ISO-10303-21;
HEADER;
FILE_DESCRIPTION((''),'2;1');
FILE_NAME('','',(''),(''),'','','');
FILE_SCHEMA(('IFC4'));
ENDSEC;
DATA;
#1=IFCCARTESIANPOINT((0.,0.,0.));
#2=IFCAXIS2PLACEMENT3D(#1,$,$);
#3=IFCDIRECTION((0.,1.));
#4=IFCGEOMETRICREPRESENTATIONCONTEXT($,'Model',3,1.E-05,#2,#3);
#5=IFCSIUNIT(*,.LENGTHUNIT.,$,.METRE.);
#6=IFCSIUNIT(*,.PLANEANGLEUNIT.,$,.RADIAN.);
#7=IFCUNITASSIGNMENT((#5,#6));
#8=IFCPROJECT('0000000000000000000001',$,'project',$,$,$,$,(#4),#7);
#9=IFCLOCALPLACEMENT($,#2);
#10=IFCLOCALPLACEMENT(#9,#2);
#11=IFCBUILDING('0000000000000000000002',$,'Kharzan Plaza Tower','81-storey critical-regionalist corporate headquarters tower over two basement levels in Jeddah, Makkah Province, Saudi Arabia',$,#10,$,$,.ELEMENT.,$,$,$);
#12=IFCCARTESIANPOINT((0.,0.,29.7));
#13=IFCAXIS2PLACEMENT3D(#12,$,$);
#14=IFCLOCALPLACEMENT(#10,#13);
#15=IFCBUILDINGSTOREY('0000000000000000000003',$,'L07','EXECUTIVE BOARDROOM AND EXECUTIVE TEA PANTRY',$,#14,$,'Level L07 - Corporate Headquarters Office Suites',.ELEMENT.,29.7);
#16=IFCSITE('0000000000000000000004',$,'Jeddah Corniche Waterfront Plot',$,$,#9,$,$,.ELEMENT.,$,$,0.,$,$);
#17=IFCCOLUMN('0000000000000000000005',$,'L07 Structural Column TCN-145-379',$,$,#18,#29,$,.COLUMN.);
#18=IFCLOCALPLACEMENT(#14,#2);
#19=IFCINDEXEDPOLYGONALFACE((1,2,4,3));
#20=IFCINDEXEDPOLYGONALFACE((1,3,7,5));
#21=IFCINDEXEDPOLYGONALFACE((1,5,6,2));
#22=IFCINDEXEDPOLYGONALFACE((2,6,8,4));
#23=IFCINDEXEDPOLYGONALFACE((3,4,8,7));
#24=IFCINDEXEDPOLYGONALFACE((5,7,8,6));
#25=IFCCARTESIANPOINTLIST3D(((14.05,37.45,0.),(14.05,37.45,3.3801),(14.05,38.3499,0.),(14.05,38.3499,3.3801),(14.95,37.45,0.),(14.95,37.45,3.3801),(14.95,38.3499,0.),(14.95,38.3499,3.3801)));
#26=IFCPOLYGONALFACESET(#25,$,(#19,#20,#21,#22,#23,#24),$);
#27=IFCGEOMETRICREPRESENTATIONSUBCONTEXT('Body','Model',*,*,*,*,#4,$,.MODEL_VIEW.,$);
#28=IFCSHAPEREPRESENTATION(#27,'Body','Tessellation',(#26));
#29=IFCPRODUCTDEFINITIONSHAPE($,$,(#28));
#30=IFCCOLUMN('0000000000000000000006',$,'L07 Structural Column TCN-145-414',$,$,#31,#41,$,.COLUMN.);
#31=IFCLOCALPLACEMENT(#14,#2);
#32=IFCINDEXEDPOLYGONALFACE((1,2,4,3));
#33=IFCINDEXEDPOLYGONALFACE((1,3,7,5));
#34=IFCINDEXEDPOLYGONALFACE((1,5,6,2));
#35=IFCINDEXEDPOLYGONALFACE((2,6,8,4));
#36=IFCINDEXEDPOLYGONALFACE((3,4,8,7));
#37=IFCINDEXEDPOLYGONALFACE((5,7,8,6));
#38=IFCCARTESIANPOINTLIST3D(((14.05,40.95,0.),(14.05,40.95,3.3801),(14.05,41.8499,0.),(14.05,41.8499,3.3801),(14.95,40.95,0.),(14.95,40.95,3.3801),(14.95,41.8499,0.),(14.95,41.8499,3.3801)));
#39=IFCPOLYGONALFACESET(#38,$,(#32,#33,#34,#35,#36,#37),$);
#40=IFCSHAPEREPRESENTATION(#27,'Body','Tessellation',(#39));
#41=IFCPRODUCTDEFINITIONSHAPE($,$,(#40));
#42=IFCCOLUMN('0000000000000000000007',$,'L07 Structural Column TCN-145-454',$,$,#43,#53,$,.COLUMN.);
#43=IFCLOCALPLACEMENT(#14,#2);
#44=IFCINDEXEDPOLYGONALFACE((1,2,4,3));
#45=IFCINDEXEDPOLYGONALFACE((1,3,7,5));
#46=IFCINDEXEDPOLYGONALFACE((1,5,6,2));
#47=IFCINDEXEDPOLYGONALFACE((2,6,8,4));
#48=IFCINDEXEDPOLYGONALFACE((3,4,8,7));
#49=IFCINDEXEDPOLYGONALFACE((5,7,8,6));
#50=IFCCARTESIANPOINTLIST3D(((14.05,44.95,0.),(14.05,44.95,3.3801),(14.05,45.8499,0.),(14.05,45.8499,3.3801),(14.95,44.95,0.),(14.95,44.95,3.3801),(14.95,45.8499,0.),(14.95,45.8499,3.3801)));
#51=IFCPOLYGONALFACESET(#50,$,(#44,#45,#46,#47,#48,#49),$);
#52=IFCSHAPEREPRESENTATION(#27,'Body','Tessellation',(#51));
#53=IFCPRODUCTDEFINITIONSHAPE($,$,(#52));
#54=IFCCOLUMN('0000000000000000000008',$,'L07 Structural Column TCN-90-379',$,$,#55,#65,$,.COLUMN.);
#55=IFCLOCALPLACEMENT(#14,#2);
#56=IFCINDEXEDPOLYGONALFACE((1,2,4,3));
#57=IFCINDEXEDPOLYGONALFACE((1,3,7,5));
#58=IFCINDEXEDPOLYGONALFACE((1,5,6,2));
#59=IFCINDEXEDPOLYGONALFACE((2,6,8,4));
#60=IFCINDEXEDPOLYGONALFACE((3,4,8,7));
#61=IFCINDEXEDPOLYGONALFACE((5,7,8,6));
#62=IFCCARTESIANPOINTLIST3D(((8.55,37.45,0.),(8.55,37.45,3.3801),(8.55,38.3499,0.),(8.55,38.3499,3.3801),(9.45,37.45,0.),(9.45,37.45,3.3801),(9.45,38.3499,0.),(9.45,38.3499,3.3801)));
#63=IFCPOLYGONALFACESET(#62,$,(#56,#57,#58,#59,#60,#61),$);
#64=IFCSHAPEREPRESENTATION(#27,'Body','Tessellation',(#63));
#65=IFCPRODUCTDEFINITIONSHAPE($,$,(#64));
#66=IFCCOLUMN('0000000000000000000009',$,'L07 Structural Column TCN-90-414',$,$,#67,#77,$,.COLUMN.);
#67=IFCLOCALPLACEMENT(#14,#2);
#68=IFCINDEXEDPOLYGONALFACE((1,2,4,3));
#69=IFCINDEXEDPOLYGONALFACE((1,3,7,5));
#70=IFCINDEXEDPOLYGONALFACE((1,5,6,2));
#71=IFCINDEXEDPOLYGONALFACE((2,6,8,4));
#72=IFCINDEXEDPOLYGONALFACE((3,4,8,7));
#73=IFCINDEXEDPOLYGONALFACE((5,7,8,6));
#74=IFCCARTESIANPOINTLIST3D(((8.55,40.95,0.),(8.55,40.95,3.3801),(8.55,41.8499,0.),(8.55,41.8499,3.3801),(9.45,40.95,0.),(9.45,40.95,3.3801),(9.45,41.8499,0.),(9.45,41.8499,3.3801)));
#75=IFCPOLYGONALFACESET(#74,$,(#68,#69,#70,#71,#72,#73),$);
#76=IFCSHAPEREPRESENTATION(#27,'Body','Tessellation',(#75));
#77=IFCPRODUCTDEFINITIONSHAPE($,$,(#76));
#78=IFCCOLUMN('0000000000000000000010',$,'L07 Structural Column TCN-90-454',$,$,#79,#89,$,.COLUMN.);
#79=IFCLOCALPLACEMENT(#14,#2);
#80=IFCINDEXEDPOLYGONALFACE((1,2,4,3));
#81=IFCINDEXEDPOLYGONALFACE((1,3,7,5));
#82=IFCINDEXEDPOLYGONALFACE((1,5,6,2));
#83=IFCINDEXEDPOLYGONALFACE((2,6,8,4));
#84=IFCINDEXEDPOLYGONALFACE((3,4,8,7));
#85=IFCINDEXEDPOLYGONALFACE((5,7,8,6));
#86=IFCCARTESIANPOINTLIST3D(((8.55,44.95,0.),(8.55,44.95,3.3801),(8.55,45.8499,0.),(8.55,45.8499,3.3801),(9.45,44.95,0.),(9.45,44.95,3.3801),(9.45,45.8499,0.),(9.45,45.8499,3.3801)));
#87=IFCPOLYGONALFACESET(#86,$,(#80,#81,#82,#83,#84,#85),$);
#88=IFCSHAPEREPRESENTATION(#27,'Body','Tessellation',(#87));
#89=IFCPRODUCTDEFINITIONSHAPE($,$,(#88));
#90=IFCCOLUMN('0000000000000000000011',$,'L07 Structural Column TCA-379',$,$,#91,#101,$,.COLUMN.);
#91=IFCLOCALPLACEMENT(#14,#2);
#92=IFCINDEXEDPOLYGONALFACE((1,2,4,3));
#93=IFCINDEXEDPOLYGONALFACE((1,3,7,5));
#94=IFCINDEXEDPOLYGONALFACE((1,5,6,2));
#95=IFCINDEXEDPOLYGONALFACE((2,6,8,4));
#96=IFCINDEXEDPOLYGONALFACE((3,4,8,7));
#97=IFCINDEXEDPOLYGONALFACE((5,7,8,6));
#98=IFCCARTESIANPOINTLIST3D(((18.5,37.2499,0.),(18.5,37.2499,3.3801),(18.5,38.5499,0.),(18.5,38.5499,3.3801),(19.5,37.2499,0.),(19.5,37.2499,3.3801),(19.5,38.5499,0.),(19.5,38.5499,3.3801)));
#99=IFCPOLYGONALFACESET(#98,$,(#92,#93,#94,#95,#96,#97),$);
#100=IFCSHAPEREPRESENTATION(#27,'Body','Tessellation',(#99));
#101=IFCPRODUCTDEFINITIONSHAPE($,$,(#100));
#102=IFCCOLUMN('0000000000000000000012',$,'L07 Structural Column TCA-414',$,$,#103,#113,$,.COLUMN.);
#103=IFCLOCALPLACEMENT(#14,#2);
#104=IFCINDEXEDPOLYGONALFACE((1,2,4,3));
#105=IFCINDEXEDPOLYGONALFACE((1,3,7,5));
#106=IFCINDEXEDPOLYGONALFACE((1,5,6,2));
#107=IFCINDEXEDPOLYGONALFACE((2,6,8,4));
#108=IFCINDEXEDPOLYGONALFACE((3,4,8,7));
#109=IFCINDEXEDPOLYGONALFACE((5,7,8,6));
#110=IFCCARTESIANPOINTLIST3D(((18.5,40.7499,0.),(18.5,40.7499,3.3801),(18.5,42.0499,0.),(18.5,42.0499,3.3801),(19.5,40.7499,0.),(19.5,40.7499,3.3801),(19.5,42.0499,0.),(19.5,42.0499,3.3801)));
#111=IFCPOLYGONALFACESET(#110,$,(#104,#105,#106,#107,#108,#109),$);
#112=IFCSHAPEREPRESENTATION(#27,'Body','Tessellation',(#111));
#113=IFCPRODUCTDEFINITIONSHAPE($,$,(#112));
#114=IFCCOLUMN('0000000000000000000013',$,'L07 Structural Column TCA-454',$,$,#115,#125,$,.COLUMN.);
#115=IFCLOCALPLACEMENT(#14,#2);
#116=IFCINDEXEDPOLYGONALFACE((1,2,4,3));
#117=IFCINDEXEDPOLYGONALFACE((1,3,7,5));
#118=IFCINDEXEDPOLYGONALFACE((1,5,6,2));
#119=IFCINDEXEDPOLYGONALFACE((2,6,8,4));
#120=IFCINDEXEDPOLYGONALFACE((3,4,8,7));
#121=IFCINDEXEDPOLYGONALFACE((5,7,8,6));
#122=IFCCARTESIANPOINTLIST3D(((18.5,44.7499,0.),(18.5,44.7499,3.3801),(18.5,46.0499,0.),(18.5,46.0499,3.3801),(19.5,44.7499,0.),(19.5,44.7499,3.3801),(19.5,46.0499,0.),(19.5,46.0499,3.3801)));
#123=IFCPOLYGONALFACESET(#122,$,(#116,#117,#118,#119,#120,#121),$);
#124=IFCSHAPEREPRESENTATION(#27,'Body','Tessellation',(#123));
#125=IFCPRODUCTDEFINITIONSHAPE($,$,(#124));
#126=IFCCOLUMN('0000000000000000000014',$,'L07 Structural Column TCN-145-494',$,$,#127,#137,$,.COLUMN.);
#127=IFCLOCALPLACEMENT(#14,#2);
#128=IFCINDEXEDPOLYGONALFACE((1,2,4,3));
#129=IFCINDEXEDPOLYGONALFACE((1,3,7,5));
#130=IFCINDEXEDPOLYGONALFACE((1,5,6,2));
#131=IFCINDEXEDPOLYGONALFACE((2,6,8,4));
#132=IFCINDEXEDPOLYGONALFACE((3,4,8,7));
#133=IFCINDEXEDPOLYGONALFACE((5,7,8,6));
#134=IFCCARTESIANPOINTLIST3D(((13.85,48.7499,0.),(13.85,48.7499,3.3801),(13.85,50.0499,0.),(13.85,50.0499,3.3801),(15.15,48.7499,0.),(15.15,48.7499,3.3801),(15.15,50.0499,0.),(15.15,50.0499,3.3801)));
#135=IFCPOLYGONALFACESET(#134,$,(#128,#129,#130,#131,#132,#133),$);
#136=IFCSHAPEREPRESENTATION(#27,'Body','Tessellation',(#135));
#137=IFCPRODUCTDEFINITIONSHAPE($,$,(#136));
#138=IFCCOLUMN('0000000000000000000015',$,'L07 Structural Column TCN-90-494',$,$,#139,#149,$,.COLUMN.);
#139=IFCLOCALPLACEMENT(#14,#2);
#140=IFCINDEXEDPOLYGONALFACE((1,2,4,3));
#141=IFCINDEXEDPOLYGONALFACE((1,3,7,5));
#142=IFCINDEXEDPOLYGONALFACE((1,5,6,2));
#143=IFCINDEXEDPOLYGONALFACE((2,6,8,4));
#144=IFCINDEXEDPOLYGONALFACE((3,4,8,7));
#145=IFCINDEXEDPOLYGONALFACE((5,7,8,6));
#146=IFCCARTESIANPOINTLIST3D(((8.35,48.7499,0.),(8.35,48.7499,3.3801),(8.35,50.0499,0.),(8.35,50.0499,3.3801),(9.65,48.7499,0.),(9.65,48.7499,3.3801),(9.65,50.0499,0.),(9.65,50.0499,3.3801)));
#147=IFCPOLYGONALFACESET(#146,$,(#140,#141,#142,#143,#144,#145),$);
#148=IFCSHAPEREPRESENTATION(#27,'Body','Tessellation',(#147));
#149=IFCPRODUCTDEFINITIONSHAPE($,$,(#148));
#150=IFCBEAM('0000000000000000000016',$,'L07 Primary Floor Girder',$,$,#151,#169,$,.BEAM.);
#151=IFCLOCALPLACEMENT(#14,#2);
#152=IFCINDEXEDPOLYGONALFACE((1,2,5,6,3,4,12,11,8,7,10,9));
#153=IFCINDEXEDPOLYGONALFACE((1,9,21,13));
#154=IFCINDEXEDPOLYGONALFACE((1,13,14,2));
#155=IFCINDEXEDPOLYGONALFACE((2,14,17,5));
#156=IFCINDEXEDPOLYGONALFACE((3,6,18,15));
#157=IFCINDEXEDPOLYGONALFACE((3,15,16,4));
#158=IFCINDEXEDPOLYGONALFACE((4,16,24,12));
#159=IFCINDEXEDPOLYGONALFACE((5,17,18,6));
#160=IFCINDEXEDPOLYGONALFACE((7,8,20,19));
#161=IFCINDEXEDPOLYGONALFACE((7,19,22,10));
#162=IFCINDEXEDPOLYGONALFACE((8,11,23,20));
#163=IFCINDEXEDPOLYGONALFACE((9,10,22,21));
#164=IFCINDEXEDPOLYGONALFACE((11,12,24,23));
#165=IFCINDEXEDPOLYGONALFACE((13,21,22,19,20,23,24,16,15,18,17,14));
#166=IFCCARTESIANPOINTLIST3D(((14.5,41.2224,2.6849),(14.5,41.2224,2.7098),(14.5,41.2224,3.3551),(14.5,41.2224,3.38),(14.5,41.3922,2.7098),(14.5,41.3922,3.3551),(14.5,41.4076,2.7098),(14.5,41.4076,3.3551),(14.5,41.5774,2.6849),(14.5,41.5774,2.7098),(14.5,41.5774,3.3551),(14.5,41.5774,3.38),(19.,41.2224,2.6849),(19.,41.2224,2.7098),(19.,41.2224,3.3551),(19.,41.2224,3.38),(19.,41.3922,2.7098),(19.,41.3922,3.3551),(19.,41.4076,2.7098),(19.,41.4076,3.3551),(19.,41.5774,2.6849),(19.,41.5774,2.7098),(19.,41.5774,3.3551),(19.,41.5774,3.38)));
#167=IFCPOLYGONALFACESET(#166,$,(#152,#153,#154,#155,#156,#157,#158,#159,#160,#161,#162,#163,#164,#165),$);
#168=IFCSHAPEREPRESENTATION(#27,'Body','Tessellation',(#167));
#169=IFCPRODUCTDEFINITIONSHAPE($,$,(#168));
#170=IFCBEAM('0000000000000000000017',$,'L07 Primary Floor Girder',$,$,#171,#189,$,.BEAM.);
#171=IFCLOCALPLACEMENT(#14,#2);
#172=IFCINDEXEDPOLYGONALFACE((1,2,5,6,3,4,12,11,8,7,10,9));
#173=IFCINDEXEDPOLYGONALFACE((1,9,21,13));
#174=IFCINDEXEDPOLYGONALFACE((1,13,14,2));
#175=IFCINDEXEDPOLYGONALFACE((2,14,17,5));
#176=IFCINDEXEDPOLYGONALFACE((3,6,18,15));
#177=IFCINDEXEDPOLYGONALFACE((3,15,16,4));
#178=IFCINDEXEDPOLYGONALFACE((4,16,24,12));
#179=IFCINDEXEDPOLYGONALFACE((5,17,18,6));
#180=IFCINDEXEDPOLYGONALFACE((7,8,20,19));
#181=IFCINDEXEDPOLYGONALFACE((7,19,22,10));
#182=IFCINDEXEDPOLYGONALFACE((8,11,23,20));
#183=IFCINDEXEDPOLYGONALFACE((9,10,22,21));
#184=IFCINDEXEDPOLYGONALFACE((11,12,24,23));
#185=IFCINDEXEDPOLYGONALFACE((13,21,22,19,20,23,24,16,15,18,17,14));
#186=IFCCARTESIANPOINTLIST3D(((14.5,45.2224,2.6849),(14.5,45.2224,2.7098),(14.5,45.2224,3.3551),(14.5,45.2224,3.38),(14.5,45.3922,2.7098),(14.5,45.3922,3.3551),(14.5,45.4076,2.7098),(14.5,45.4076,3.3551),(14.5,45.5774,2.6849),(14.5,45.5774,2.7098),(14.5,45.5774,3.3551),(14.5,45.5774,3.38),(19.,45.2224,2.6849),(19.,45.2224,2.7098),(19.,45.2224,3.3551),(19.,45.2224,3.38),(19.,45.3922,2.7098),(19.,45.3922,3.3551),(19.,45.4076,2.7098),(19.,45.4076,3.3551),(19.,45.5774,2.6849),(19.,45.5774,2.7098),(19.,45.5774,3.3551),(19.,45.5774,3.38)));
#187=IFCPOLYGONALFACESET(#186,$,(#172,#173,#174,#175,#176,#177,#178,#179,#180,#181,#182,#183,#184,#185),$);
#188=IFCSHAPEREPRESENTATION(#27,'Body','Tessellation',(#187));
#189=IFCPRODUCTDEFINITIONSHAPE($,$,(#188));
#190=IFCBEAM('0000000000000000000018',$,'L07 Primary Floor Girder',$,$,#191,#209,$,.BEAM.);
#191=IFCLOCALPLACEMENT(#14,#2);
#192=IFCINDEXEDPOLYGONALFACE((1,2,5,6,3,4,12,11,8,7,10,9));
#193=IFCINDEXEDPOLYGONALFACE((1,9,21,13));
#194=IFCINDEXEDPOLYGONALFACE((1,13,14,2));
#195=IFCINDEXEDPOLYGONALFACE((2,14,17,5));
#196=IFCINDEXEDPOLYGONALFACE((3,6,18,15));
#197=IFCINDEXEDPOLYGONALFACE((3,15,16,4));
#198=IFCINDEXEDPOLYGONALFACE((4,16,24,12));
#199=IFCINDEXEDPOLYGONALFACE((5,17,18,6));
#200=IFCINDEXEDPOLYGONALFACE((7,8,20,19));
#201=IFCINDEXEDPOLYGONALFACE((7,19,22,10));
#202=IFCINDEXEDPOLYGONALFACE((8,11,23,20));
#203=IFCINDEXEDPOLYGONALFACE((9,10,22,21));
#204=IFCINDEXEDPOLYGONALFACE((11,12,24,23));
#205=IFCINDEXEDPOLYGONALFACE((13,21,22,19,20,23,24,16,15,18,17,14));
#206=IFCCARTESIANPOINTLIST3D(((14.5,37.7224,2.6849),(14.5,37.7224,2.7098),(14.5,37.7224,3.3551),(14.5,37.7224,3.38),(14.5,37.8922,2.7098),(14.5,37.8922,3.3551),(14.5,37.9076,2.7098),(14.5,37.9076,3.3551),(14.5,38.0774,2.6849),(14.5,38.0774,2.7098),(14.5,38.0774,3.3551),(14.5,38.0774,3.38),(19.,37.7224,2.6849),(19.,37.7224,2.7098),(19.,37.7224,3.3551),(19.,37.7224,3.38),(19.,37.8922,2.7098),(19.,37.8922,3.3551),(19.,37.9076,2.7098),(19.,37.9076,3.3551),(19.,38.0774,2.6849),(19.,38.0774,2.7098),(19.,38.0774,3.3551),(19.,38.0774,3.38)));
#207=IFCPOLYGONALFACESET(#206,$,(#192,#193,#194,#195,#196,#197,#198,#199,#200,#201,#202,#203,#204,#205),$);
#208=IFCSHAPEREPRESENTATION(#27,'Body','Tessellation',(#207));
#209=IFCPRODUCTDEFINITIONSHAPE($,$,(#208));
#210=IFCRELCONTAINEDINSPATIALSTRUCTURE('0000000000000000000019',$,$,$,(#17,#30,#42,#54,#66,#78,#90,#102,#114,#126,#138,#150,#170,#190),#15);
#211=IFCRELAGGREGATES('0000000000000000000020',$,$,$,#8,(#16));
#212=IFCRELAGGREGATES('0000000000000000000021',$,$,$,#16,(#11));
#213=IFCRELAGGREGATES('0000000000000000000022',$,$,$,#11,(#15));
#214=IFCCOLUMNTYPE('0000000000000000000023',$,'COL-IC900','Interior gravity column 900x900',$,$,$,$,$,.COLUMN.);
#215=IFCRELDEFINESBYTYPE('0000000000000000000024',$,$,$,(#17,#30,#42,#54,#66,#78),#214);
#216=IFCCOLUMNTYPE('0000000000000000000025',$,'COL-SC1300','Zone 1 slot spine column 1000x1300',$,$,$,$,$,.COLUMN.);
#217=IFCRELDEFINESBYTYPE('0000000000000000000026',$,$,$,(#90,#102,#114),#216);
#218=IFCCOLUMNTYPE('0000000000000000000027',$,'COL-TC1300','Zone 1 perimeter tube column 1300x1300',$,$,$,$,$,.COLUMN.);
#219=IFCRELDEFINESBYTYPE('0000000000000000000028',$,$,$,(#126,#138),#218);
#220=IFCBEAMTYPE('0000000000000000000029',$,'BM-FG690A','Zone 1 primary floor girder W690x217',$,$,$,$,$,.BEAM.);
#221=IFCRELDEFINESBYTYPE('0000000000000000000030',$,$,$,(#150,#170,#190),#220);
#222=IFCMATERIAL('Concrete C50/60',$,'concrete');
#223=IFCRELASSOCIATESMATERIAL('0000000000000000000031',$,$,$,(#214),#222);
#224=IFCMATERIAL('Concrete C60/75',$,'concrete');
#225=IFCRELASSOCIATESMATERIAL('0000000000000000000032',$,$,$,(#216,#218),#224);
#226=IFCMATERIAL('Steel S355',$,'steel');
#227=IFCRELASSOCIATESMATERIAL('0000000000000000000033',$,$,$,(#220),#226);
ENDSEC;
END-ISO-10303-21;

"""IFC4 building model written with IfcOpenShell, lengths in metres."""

from ifc_helpers import new_model, si_unit, direction, frame, origin, origin_2d, place, context, subcontext, project, spatial, rectangle, i_section, extrude, source, transform, mapped, material, material_profile, profile_set, type_object, element, save


model = new_model("IFC4")

# Units and contexts
model_context = context("Model", 3, precision=1e-05, world=origin(), true_north=direction((0.0, 1.0)))
body_context = subcontext(model_context, "Body", "Model", "MODEL_VIEW")
ifc_project = project(units=[si_unit("LENGTHUNIT", "METRE"), si_unit("PLANEANGLEUNIT", "RADIAN")], contexts=[model_context])

# Site, building, storey
site_placement = place(None, origin())
site = spatial("IfcSite", under=ifc_project, at=site_placement, Name="Jeddah Corniche Waterfront Plot", CompositionType="ELEMENT", RefElevation=0.0)
building_placement = place(site_placement, origin())
building = spatial("IfcBuilding", under=site, at=building_placement, Name="Kharzan Plaza Tower", Description="81-storey critical-regionalist corporate headquarters tower over two basement levels in Jeddah, Makkah Province, Saudi Arabia", CompositionType="ELEMENT")
storey_placement = place(building_placement, frame((0.0, 0.0, 29.7)))
storey = spatial("IfcBuildingStorey", under=building, at=storey_placement, Name="L07", Description="EXECUTIVE BOARDROOM AND EXECUTIVE TEA PANTRY", LongName="Level L07 - Corporate Headquarters Office Suites", CompositionType="ELEMENT", Elevation=29.7)

# Columns
ifc_material_1 = material(Name="Concrete C50/60", Category="concrete")
ifc_material_profile_1 = material_profile(ifc_material_1, rectangle(XDim=0.8999, YDim=0.8999, at=origin_2d()), Name="RC-IC900x900")
ifc_profile_set_1 = profile_set([ifc_material_profile_1], Name="Concrete C50/60")
column_type_1 = type_object("IfcColumnType", Name="COL-IC900", Description="Interior gravity column 900x900", PredefinedType="COLUMN", material=ifc_profile_set_1)
shared_shape_1 = source(origin(), body_context, "Body", "SweptSolid", [
    extrude(rectangle(XDim=0.8999, YDim=0.8999, at=origin_2d()), origin(), (0.0, 0.0, 1.0), 3.3801),
])
for number, where, z_axis, x_axis, name in (
    (1, (14.5, 37.8999, 0.0), (0.0, 0.0, 1.0), (1.0, 0.0, 0.0), "L07 Structural Column TCN-145-379"),
    (2, (14.5, 41.3999, 0.0), (0.0, 0.0, 1.0), (1.0, 0.0, 0.0), "L07 Structural Column TCN-145-414"),
    (3, (14.5, 45.3999, 0.0), (0.0, 0.0, 1.0), (1.0, 0.0, 0.0), "L07 Structural Column TCN-145-454"),
    (4, (9.0, 37.8999, 0.0), (0.0, 0.0, 1.0), (1.0, 0.0, 0.0), "L07 Structural Column TCN-90-379"),
    (5, (9.0, 41.3999, 0.0), (0.0, 0.0, 1.0), (1.0, 0.0, 0.0), "L07 Structural Column TCN-90-414"),
    (6, (9.0, 45.3999, 0.0), (0.0, 0.0, 1.0), (1.0, 0.0, 0.0), "L07 Structural Column TCN-90-454"),
):
    element("IfcColumn", number, at=place(storey_placement, frame(where, z_axis=z_axis, x_axis=x_axis)), inside=storey, type_object=column_type_1, Name=name, PredefinedType="COLUMN", context=body_context, shape_type="MappedRepresentation", body=[
        mapped(shared_shape_1, transform((0.0, 0.0, 0.0), x_axis=(1.0, 0.0, 0.0), y_axis=(0.0, 1.0, 0.0), z_axis=(0.0, 0.0, 1.0))),
    ])
ifc_material_2 = material(Name="Concrete C60/75", Category="concrete")
ifc_material_profile_2 = material_profile(ifc_material_2, rectangle(XDim=1.0, YDim=1.3, at=origin_2d()), Name="RC-SC1300x1000")
ifc_profile_set_2 = profile_set([ifc_material_profile_2], Name="Concrete C60/75")
column_type_2 = type_object("IfcColumnType", Name="COL-SC1300", Description="Zone 1 slot spine column 1000x1300", PredefinedType="COLUMN", material=ifc_profile_set_2)
shared_shape_2 = source(origin(), body_context, "Body", "SweptSolid", [
    extrude(rectangle(XDim=1.0, YDim=1.3, at=origin_2d()), origin(), (0.0, 0.0, 1.0), 3.3801),
])
for number, where, z_axis, x_axis, name in (
    (7, (19.0, 37.8999, 0.0), (0.0, 0.0, 1.0), (1.0, 0.0, 0.0), "L07 Structural Column TCA-379"),
    (8, (19.0, 41.3999, 0.0), (0.0, 0.0, 1.0), (1.0, 0.0, 0.0), "L07 Structural Column TCA-414"),
    (9, (19.0, 45.3999, 0.0), (0.0, 0.0, 1.0), (1.0, 0.0, 0.0), "L07 Structural Column TCA-454"),
):
    element("IfcColumn", number, at=place(storey_placement, frame(where, z_axis=z_axis, x_axis=x_axis)), inside=storey, type_object=column_type_2, Name=name, PredefinedType="COLUMN", context=body_context, shape_type="MappedRepresentation", body=[
        mapped(shared_shape_2, transform((0.0, 0.0, 0.0), x_axis=(1.0, 0.0, 0.0), y_axis=(0.0, 1.0, 0.0), z_axis=(0.0, 0.0, 1.0))),
    ])
ifc_material_profile_3 = material_profile(ifc_material_2, rectangle(XDim=1.3, YDim=1.3, at=origin_2d()), Name="RC-TC1300x1300")
ifc_profile_set_3 = profile_set([ifc_material_profile_3], Name="Concrete C60/75")
column_type_3 = type_object("IfcColumnType", Name="COL-TC1300", Description="Zone 1 perimeter tube column 1300x1300", PredefinedType="COLUMN", material=ifc_profile_set_3)
shared_shape_3 = source(origin(), body_context, "Body", "SweptSolid", [
    extrude(rectangle(XDim=1.3, YDim=1.3, at=origin_2d()), origin(), (0.0, 0.0, 1.0), 3.3801),
])
for number, where, z_axis, x_axis, name in (
    (10, (14.5, 49.3999, 0.0), (0.0, 0.0, 1.0), (1.0, 0.0, 0.0), "L07 Structural Column TCN-145-494"),
    (11, (9.0, 49.3999, 0.0), (0.0, 0.0, 1.0), (1.0, 0.0, 0.0), "L07 Structural Column TCN-90-494"),
):
    element("IfcColumn", number, at=place(storey_placement, frame(where, z_axis=z_axis, x_axis=x_axis)), inside=storey, type_object=column_type_3, Name=name, PredefinedType="COLUMN", context=body_context, shape_type="MappedRepresentation", body=[
        mapped(shared_shape_3, transform((0.0, 0.0, 0.0), x_axis=(1.0, 0.0, 0.0), y_axis=(0.0, 1.0, 0.0), z_axis=(0.0, 0.0, 1.0))),
    ])

# Beams
ifc_material_3 = material(Name="Steel S355", Category="steel")
ifc_material_profile_4 = material_profile(ifc_material_3, i_section(OverallWidth=0.355, OverallDepth=0.6951, WebThickness=0.0154, FlangeThickness=0.0249, at=origin_2d()), Name="W690x217")
ifc_profile_set_4 = profile_set([ifc_material_profile_4], Name="Steel S355")
beam_type_1 = type_object("IfcBeamType", Name="BM-FG690A", Description="Zone 1 primary floor girder W690x217", PredefinedType="BEAM", material=ifc_profile_set_4)
shared_shape_4 = source(origin(), body_context, "Body", "SweptSolid", [
    extrude(i_section(OverallWidth=0.355, OverallDepth=0.6951, WebThickness=0.0154, FlangeThickness=0.0249, at=origin_2d()), origin(), (0.0, 0.0, 1.0), 4.5),
])
for number, where, z_axis, x_axis, name in (
    (12, (14.5, 41.3999, 3.0325), (1.0, 0.0, 0.0), (0.0, 1.0, 0.0), "L07 Primary Floor Girder"),
    (13, (14.5, 45.3999, 3.0325), (1.0, 0.0, 0.0), (0.0, 1.0, 0.0), "L07 Primary Floor Girder"),
    (14, (14.5, 37.8999, 3.0325), (1.0, 0.0, 0.0), (0.0, 1.0, 0.0), "L07 Primary Floor Girder"),
):
    element("IfcBeam", number, at=place(storey_placement, frame(where, z_axis=z_axis, x_axis=x_axis)), inside=storey, type_object=beam_type_1, Name=name, PredefinedType="BEAM", context=body_context, shape_type="MappedRepresentation", body=[
        mapped(shared_shape_4, transform((0.0, 0.0, 0.0), x_axis=(1.0, 0.0, 0.0), y_axis=(0.0, 1.0, 0.0), z_axis=(0.0, 0.0, 1.0))),
    ])

save(model, "model.ifc")
